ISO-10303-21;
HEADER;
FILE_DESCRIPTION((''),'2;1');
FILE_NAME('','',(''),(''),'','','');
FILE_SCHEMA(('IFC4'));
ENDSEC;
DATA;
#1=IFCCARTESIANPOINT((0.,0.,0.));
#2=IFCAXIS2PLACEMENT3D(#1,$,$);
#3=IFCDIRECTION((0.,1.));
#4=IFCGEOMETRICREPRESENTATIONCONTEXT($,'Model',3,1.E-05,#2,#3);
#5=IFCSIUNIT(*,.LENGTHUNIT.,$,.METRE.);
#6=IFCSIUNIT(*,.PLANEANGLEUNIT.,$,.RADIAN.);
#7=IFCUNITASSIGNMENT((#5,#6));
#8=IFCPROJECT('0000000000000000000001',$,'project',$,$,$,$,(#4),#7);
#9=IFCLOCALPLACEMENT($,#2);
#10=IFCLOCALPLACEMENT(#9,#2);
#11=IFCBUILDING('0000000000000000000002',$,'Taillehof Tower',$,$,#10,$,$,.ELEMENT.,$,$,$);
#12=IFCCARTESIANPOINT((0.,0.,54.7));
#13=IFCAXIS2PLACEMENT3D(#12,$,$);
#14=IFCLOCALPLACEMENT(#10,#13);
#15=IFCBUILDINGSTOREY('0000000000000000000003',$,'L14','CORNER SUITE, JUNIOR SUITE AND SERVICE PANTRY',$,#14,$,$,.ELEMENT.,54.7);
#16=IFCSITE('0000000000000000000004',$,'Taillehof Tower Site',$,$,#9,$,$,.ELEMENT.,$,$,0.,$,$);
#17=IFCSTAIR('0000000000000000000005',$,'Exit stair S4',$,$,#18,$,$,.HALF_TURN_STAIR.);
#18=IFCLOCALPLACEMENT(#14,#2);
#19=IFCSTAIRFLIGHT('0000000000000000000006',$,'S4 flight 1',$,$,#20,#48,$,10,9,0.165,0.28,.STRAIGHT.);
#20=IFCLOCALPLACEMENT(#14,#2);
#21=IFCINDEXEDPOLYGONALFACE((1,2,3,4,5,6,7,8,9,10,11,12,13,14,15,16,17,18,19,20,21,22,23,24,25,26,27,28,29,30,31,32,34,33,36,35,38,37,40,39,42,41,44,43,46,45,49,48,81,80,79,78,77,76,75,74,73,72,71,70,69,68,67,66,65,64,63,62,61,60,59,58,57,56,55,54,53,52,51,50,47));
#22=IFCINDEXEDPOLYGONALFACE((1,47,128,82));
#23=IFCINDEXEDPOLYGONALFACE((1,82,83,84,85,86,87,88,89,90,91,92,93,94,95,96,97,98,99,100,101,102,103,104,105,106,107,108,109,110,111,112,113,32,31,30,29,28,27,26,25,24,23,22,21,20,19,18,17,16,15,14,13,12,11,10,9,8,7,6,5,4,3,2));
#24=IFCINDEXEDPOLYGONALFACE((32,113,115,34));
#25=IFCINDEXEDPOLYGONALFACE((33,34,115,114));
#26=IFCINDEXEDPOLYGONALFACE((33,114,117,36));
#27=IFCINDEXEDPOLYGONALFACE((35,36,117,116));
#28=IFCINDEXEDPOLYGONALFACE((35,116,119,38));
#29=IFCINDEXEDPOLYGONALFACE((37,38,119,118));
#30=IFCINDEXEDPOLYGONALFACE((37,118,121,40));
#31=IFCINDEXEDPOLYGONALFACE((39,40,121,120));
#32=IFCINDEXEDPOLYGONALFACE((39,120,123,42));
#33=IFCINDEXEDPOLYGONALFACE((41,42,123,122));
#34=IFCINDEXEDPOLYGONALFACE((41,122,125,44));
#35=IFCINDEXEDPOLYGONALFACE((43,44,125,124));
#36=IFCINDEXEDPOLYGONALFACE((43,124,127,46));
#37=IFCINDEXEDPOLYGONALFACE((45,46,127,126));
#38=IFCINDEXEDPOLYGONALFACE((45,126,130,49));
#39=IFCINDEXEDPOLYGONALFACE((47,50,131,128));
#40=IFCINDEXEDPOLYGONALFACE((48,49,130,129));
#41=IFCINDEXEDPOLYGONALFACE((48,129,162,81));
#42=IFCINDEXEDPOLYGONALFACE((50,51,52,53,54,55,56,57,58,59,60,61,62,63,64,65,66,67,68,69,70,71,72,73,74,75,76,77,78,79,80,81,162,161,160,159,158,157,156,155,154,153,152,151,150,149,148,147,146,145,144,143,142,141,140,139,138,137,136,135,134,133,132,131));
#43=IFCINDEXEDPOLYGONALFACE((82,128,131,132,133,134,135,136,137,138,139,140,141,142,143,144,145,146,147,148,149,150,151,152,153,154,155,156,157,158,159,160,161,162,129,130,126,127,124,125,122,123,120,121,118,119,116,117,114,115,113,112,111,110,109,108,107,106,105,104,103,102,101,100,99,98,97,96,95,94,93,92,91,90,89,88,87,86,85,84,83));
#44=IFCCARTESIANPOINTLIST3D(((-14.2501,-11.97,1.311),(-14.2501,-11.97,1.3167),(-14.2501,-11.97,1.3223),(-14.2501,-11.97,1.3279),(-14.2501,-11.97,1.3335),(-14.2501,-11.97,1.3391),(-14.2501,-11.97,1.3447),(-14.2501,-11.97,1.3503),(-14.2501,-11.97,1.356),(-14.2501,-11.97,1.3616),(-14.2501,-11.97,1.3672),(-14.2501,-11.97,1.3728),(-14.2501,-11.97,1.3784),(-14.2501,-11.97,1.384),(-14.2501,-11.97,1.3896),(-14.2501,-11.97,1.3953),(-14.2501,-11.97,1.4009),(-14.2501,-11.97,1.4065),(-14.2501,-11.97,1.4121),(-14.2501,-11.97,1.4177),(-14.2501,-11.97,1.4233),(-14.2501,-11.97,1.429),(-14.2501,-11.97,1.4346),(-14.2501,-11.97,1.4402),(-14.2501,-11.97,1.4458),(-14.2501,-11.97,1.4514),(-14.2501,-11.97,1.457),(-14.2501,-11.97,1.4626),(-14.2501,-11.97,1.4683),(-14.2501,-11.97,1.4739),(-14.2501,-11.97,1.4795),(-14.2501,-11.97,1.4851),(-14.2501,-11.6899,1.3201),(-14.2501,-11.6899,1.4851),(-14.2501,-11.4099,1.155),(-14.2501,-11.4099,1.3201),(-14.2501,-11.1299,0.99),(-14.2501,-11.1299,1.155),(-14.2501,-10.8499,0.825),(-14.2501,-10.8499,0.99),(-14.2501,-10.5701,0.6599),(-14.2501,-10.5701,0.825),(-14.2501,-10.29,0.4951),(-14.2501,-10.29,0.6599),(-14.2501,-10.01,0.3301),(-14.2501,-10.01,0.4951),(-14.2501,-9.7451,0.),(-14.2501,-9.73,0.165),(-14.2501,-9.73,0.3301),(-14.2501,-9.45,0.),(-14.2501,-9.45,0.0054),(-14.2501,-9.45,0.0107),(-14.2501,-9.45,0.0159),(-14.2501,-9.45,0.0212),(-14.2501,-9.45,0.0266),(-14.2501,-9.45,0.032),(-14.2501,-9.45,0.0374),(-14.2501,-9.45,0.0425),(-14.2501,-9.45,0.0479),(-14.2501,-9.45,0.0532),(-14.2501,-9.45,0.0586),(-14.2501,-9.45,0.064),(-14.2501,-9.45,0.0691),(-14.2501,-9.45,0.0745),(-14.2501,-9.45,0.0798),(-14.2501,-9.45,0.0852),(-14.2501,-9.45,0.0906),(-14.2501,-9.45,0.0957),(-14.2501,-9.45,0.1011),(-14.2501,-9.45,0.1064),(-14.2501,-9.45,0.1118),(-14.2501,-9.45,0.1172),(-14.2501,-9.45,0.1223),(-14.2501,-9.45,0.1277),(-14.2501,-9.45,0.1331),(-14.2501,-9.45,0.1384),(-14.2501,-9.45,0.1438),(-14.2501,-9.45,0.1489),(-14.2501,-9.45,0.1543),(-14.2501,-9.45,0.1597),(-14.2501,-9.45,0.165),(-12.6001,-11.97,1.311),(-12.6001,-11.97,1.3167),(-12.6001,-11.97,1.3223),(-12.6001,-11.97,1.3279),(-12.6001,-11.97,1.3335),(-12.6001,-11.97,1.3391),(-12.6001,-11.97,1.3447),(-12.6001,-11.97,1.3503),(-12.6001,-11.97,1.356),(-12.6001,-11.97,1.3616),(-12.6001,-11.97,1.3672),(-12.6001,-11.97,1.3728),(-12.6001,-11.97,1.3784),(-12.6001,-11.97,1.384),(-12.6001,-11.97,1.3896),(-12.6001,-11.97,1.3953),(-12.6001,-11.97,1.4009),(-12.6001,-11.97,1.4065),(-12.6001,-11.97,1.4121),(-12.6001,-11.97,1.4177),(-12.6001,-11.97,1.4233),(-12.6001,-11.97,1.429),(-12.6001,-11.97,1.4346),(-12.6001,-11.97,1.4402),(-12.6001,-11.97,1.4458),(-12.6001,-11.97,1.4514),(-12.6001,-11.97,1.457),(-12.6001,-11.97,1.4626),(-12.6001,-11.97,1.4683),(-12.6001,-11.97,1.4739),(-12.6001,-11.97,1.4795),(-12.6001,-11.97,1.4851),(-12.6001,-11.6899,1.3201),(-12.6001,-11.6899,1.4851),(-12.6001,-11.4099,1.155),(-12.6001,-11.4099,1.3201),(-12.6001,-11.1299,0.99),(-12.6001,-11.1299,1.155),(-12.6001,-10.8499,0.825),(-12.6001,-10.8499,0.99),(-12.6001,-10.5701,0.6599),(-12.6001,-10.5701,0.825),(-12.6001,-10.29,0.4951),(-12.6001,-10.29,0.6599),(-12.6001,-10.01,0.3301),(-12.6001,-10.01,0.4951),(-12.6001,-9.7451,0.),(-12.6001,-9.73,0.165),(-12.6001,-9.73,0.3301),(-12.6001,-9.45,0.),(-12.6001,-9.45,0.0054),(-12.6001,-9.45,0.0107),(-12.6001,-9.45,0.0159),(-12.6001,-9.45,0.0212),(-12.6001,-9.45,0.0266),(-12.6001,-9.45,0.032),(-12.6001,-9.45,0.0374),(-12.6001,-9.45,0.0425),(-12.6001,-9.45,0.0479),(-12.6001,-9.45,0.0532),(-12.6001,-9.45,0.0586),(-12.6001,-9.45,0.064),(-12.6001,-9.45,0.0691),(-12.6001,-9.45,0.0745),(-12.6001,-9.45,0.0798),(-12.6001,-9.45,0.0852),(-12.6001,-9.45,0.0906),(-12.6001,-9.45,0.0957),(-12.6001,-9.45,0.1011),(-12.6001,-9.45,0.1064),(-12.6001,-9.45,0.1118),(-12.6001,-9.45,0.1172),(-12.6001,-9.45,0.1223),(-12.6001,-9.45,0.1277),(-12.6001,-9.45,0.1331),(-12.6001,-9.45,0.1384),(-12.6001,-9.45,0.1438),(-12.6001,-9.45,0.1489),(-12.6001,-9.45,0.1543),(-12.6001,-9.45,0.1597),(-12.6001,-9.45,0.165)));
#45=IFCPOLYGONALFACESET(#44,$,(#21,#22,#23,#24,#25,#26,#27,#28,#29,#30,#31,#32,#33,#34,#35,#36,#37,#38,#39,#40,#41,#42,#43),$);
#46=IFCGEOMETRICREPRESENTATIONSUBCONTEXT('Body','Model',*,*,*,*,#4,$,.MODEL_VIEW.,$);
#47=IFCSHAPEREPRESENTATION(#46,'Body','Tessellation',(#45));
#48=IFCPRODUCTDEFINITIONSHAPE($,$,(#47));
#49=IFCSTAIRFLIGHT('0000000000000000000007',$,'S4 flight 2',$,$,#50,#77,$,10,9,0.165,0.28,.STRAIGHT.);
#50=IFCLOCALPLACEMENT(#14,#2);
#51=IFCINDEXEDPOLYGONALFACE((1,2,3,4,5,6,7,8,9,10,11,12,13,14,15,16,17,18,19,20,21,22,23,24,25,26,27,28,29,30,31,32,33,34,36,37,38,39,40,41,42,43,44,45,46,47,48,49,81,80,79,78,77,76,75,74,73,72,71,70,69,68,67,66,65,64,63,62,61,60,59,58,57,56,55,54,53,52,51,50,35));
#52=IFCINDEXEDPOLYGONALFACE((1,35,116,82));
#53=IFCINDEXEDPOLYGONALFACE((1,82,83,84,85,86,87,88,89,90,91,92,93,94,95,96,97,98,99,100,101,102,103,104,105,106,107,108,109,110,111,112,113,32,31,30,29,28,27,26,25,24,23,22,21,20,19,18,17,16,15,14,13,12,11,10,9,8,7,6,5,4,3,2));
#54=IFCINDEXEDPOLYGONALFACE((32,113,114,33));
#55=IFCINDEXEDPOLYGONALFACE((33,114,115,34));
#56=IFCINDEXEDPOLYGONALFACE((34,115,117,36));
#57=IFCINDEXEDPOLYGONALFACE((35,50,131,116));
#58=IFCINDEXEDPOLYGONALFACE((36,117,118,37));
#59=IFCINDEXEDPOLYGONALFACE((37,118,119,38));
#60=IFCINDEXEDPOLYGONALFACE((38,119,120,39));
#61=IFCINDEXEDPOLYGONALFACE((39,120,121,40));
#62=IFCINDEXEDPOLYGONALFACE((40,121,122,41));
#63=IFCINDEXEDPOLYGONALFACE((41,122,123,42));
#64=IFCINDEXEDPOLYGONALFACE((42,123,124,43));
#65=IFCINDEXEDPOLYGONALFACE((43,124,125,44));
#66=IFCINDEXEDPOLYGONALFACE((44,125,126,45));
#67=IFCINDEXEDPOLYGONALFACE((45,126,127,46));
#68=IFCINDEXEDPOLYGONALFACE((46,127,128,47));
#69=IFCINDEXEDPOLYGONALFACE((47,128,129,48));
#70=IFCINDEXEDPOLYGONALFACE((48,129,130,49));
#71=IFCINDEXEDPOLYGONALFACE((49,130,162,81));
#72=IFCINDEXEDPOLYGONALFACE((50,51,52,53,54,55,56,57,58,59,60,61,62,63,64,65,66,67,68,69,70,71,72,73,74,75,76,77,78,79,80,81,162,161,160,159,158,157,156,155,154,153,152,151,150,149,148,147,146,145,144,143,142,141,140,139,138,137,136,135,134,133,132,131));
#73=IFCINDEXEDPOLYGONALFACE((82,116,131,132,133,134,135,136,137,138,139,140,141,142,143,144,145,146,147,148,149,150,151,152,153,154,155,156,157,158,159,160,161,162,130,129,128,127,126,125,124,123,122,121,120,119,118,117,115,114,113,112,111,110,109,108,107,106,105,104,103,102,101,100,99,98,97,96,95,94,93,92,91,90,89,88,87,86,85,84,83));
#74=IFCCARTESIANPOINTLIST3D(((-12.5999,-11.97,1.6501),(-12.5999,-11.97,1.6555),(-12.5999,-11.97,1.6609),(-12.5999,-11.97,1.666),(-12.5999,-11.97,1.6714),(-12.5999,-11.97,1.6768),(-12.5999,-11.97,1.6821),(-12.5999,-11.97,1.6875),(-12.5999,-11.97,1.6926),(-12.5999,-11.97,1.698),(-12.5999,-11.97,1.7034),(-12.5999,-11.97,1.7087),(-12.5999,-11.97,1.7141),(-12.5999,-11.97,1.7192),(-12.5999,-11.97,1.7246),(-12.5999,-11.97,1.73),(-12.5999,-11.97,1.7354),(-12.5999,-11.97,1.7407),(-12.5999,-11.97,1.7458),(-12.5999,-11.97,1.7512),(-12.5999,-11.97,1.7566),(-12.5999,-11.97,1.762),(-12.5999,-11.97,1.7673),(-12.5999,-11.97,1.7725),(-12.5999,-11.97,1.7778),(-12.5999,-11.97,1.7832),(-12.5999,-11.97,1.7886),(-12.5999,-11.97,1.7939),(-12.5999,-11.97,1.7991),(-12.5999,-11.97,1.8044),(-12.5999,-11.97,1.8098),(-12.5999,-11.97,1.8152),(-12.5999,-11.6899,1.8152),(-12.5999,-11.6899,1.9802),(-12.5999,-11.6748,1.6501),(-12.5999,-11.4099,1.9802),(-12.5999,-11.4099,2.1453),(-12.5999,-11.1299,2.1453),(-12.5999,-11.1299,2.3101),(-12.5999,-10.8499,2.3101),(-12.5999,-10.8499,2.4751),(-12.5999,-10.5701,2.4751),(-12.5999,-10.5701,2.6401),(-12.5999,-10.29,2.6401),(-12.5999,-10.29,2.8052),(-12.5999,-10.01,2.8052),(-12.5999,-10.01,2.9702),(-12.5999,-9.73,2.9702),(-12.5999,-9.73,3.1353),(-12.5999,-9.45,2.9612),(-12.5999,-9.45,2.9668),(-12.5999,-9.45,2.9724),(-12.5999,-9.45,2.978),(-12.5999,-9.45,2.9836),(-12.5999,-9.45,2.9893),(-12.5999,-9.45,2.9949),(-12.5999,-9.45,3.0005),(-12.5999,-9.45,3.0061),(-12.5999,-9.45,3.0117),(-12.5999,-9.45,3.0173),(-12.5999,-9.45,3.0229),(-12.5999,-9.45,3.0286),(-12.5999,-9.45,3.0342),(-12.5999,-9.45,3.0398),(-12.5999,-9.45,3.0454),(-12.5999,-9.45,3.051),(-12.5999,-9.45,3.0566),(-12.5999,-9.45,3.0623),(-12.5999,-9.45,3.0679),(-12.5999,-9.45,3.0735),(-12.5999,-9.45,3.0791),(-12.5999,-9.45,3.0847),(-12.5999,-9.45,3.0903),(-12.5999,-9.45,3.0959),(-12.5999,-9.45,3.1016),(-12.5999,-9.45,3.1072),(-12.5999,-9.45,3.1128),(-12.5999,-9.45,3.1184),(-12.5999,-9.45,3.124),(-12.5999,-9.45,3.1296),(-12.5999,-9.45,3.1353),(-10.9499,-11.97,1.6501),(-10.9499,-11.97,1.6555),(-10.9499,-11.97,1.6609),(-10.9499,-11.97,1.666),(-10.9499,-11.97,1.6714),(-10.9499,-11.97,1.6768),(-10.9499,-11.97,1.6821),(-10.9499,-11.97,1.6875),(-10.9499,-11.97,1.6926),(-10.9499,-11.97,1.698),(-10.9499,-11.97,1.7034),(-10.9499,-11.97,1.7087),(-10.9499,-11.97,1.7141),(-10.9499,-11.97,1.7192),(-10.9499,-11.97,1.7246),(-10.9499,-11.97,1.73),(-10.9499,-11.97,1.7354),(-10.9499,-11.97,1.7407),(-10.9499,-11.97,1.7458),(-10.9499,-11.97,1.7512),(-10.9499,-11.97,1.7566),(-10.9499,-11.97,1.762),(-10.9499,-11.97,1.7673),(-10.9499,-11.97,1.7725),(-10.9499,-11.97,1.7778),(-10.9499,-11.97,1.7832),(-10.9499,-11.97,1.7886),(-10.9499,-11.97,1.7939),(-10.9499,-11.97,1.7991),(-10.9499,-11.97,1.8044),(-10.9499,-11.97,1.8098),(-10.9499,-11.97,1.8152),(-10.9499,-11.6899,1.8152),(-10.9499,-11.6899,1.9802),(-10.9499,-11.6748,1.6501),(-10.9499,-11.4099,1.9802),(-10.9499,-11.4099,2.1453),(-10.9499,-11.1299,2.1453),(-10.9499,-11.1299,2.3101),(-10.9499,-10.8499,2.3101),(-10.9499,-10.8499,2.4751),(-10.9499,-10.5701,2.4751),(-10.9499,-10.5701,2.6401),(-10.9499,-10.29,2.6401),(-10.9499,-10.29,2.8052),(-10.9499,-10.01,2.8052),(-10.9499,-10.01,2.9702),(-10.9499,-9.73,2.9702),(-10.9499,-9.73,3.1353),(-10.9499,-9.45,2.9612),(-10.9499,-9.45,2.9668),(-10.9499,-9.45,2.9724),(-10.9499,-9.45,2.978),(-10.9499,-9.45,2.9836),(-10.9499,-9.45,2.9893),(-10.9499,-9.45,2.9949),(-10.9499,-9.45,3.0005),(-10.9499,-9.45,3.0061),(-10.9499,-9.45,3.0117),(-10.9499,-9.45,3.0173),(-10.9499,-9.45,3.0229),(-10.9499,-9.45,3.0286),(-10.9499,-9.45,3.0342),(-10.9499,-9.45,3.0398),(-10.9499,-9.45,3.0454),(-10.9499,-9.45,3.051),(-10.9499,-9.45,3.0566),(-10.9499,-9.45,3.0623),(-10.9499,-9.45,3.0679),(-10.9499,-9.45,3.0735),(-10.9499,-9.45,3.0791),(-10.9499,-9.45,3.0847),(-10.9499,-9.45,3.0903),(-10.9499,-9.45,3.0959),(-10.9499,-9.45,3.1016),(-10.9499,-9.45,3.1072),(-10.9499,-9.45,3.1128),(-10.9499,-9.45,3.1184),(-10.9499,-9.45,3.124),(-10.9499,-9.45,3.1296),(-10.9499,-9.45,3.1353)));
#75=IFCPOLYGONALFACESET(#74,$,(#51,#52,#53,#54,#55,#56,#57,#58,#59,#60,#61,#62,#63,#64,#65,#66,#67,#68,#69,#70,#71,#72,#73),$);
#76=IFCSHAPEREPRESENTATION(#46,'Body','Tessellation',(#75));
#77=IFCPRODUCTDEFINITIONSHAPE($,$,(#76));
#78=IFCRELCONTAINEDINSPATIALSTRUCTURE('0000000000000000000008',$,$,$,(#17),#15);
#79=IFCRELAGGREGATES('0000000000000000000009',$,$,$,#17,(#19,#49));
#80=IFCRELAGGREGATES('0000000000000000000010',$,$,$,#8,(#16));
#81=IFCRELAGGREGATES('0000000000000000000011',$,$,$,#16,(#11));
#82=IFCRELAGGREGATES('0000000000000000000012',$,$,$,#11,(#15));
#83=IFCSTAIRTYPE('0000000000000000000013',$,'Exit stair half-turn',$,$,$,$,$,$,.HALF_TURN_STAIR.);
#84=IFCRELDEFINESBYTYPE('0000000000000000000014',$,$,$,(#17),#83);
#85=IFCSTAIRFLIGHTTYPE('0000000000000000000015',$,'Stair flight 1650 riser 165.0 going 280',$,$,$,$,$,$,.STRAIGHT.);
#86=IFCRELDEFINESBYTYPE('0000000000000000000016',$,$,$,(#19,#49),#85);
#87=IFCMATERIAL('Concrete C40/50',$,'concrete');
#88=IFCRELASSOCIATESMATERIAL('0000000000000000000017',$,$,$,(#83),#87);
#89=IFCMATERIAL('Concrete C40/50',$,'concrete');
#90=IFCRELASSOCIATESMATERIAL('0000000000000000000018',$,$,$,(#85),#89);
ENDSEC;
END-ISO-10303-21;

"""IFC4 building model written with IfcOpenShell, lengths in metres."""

from ifc_helpers import new_model, si_unit, direction, frame, origin, place, context, subcontext, project, spatial, polyline, outline, extrude, material, type_object, element, aggregate, save


model = new_model("IFC4")

# Units and contexts
model_context = context("Model", 3, precision=1e-05, world=origin(), true_north=direction((0.0, 1.0)))
body_context = subcontext(model_context, "Body", "Model", "MODEL_VIEW")
ifc_project = project(units=[si_unit("LENGTHUNIT", "METRE"), si_unit("PLANEANGLEUNIT", "RADIAN")], contexts=[model_context])

# Site, building, storey
site_placement = place(None, origin())
site = spatial("IfcSite", under=ifc_project, at=site_placement, Name="Taillehof Tower Site", CompositionType="ELEMENT", RefElevation=0.0)
building_placement = place(site_placement, origin())
building = spatial("IfcBuilding", under=site, at=building_placement, Name="Taillehof Tower", CompositionType="ELEMENT")
storey_placement = place(building_placement, frame((0.0, 0.0, 54.7)))
storey = spatial("IfcBuildingStorey", under=building, at=storey_placement, Name="L14", Description="CORNER SUITE, JUNIOR SUITE AND SERVICE PANTRY", CompositionType="ELEMENT", Elevation=54.7)

# Stair, stair flights
ifc_material_1 = material(Name="Concrete C40/50", Category="concrete")
stair_type = type_object("IfcStairType", Name="Exit stair half-turn", PredefinedType="HALF_TURN_STAIR", material=ifc_material_1)
stair_placement = place(storey_placement, origin())
stair = element("IfcStair", 1, at=stair_placement, inside=storey, type_object=stair_type, Name="Exit stair S4", PredefinedType="HALF_TURN_STAIR")
ifc_material_2 = material(Name="Concrete C40/50", Category="concrete")
stair_flight_type = type_object("IfcStairFlightType", Name="Stair flight 1650 riser 165.0 going 280", PredefinedType="STRAIGHT", material=ifc_material_2)
stair_flight_1_placement = place(storey_placement, frame((-13.425, -9.45, 0.0), z_axis=(0.0, 0.0, 1.0), x_axis=(0.0, -1.0, 0.0)))
stair_flight_1 = element("IfcStairFlight", 2, at=stair_flight_1_placement, type_object=stair_flight_type, Name="S4 flight 1", NumberOfRisers=10, NumberOfTreads=9, PredefinedType="STRAIGHT", RiserHeight=0.165, TreadLength=0.28, context=body_context, shape_type="SweptSolid", body=[
    extrude(outline(polyline([(0.0, 0.0), (0.0, 0.0054), (0.0, 0.0107), (0.0, 0.0159), (0.0, 0.0212), (0.0, 0.0266), (0.0, 0.032), (0.0, 0.0374), (0.0, 0.0425), (0.0, 0.0479), (0.0, 0.0532), (0.0, 0.0586), (0.0, 0.064), (0.0, 0.0691), (0.0, 0.0745), (0.0, 0.0798), (0.0, 0.0852), (0.0, 0.0906), (0.0, 0.0957), (0.0, 0.1011), (0.0, 0.1064), (0.0, 0.1118), (0.0, 0.1172), (0.0, 0.1223), (0.0, 0.1277), (0.0, 0.1331), (0.0, 0.1384), (0.0, 0.1438), (0.0, 0.1489), (0.0, 0.1543), (0.0, 0.1597), (0.0, 0.165), (0.28, 0.165), (0.28, 0.3301), (0.5601, 0.3301), (0.5601, 0.4951), (0.8401, 0.4951), (0.8401, 0.6599), (1.1201, 0.6599), (1.1201, 0.825), (1.3999, 0.825), (1.3999, 0.99), (1.6799, 0.99), (1.6799, 1.155), (1.96, 1.155), (1.96, 1.3201), (2.24, 1.3201), (2.24, 1.4851), (2.52, 1.4851), (2.52, 1.4795), (2.52, 1.4739), (2.52, 1.4683), (2.52, 1.4626), (2.52, 1.457), (2.52, 1.4514), (2.52, 1.4458), (2.52, 1.4402), (2.52, 1.4346), (2.52, 1.429), (2.52, 1.4233), (2.52, 1.4177), (2.52, 1.4121), (2.52, 1.4065), (2.52, 1.4009), (2.52, 1.3953), (2.52, 1.3896), (2.52, 1.384), (2.52, 1.3784), (2.52, 1.3728), (2.52, 1.3672), (2.52, 1.3616), (2.52, 1.356), (2.52, 1.3503), (2.52, 1.3447), (2.52, 1.3391), (2.52, 1.3335), (2.52, 1.3279), (2.52, 1.3223), (2.52, 1.3167), (2.52, 1.311), (0.2952, 0.0), (0.0, 0.0)])), frame((0.0, 0.825, 0.0), z_axis=(0.0, -1.0, 0.0), x_axis=(1.0, 0.0, 0.0)), (0.0, 0.0, 1.0), 1.65),
])
stair_flight_2_placement = place(storey_placement, frame((-11.7749, -11.97, 1.6501), z_axis=(0.0, 0.0, 1.0), x_axis=(0.0, 1.0, 0.0)))
stair_flight_2 = element("IfcStairFlight", 3, at=stair_flight_2_placement, type_object=stair_flight_type, Name="S4 flight 2", NumberOfRisers=10, NumberOfTreads=9, PredefinedType="STRAIGHT", RiserHeight=0.165, TreadLength=0.28, context=body_context, shape_type="SweptSolid", body=[
    extrude(outline(polyline([(0.0, 0.0), (0.0, 0.0054), (0.0, 0.0107), (0.0, 0.0159), (0.0, 0.0212), (0.0, 0.0266), (0.0, 0.032), (0.0, 0.0374), (0.0, 0.0425), (0.0, 0.0479), (0.0, 0.0532), (0.0, 0.0586), (0.0, 0.064), (0.0, 0.0691), (0.0, 0.0745), (0.0, 0.0798), (0.0, 0.0852), (0.0, 0.0906), (0.0, 0.0957), (0.0, 0.1011), (0.0, 0.1064), (0.0, 0.1118), (0.0, 0.1172), (0.0, 0.1223), (0.0, 0.1277), (0.0, 0.1331), (0.0, 0.1384), (0.0, 0.1438), (0.0, 0.1489), (0.0, 0.1543), (0.0, 0.1597), (0.0, 0.165), (0.28, 0.165), (0.28, 0.3301), (0.5601, 0.3301), (0.5601, 0.4951), (0.8401, 0.4951), (0.8401, 0.6599), (1.1201, 0.6599), (1.1201, 0.825), (1.3999, 0.825), (1.3999, 0.99), (1.6799, 0.99), (1.6799, 1.155), (1.96, 1.155), (1.96, 1.3201), (2.24, 1.3201), (2.24, 1.4851), (2.52, 1.4851), (2.52, 1.4795), (2.52, 1.4739), (2.52, 1.4683), (2.52, 1.4626), (2.52, 1.457), (2.52, 1.4514), (2.52, 1.4458), (2.52, 1.4402), (2.52, 1.4346), (2.52, 1.429), (2.52, 1.4233), (2.52, 1.4177), (2.52, 1.4121), (2.52, 1.4065), (2.52, 1.4009), (2.52, 1.3953), (2.52, 1.3896), (2.52, 1.384), (2.52, 1.3784), (2.52, 1.3728), (2.52, 1.3672), (2.52, 1.3616), (2.52, 1.356), (2.52, 1.3503), (2.52, 1.3447), (2.52, 1.3391), (2.52, 1.3335), (2.52, 1.3279), (2.52, 1.3223), (2.52, 1.3167), (2.52, 1.311), (0.2952, 0.0), (0.0, 0.0)])), frame((0.0, 0.825, 0.0), z_axis=(0.0, -1.0, 0.0), x_axis=(1.0, 0.0, 0.0)), (0.0, 0.0, 1.0), 1.65),
])
aggregate(stair, [stair_flight_1, stair_flight_2])

save(model, "model.ifc")
